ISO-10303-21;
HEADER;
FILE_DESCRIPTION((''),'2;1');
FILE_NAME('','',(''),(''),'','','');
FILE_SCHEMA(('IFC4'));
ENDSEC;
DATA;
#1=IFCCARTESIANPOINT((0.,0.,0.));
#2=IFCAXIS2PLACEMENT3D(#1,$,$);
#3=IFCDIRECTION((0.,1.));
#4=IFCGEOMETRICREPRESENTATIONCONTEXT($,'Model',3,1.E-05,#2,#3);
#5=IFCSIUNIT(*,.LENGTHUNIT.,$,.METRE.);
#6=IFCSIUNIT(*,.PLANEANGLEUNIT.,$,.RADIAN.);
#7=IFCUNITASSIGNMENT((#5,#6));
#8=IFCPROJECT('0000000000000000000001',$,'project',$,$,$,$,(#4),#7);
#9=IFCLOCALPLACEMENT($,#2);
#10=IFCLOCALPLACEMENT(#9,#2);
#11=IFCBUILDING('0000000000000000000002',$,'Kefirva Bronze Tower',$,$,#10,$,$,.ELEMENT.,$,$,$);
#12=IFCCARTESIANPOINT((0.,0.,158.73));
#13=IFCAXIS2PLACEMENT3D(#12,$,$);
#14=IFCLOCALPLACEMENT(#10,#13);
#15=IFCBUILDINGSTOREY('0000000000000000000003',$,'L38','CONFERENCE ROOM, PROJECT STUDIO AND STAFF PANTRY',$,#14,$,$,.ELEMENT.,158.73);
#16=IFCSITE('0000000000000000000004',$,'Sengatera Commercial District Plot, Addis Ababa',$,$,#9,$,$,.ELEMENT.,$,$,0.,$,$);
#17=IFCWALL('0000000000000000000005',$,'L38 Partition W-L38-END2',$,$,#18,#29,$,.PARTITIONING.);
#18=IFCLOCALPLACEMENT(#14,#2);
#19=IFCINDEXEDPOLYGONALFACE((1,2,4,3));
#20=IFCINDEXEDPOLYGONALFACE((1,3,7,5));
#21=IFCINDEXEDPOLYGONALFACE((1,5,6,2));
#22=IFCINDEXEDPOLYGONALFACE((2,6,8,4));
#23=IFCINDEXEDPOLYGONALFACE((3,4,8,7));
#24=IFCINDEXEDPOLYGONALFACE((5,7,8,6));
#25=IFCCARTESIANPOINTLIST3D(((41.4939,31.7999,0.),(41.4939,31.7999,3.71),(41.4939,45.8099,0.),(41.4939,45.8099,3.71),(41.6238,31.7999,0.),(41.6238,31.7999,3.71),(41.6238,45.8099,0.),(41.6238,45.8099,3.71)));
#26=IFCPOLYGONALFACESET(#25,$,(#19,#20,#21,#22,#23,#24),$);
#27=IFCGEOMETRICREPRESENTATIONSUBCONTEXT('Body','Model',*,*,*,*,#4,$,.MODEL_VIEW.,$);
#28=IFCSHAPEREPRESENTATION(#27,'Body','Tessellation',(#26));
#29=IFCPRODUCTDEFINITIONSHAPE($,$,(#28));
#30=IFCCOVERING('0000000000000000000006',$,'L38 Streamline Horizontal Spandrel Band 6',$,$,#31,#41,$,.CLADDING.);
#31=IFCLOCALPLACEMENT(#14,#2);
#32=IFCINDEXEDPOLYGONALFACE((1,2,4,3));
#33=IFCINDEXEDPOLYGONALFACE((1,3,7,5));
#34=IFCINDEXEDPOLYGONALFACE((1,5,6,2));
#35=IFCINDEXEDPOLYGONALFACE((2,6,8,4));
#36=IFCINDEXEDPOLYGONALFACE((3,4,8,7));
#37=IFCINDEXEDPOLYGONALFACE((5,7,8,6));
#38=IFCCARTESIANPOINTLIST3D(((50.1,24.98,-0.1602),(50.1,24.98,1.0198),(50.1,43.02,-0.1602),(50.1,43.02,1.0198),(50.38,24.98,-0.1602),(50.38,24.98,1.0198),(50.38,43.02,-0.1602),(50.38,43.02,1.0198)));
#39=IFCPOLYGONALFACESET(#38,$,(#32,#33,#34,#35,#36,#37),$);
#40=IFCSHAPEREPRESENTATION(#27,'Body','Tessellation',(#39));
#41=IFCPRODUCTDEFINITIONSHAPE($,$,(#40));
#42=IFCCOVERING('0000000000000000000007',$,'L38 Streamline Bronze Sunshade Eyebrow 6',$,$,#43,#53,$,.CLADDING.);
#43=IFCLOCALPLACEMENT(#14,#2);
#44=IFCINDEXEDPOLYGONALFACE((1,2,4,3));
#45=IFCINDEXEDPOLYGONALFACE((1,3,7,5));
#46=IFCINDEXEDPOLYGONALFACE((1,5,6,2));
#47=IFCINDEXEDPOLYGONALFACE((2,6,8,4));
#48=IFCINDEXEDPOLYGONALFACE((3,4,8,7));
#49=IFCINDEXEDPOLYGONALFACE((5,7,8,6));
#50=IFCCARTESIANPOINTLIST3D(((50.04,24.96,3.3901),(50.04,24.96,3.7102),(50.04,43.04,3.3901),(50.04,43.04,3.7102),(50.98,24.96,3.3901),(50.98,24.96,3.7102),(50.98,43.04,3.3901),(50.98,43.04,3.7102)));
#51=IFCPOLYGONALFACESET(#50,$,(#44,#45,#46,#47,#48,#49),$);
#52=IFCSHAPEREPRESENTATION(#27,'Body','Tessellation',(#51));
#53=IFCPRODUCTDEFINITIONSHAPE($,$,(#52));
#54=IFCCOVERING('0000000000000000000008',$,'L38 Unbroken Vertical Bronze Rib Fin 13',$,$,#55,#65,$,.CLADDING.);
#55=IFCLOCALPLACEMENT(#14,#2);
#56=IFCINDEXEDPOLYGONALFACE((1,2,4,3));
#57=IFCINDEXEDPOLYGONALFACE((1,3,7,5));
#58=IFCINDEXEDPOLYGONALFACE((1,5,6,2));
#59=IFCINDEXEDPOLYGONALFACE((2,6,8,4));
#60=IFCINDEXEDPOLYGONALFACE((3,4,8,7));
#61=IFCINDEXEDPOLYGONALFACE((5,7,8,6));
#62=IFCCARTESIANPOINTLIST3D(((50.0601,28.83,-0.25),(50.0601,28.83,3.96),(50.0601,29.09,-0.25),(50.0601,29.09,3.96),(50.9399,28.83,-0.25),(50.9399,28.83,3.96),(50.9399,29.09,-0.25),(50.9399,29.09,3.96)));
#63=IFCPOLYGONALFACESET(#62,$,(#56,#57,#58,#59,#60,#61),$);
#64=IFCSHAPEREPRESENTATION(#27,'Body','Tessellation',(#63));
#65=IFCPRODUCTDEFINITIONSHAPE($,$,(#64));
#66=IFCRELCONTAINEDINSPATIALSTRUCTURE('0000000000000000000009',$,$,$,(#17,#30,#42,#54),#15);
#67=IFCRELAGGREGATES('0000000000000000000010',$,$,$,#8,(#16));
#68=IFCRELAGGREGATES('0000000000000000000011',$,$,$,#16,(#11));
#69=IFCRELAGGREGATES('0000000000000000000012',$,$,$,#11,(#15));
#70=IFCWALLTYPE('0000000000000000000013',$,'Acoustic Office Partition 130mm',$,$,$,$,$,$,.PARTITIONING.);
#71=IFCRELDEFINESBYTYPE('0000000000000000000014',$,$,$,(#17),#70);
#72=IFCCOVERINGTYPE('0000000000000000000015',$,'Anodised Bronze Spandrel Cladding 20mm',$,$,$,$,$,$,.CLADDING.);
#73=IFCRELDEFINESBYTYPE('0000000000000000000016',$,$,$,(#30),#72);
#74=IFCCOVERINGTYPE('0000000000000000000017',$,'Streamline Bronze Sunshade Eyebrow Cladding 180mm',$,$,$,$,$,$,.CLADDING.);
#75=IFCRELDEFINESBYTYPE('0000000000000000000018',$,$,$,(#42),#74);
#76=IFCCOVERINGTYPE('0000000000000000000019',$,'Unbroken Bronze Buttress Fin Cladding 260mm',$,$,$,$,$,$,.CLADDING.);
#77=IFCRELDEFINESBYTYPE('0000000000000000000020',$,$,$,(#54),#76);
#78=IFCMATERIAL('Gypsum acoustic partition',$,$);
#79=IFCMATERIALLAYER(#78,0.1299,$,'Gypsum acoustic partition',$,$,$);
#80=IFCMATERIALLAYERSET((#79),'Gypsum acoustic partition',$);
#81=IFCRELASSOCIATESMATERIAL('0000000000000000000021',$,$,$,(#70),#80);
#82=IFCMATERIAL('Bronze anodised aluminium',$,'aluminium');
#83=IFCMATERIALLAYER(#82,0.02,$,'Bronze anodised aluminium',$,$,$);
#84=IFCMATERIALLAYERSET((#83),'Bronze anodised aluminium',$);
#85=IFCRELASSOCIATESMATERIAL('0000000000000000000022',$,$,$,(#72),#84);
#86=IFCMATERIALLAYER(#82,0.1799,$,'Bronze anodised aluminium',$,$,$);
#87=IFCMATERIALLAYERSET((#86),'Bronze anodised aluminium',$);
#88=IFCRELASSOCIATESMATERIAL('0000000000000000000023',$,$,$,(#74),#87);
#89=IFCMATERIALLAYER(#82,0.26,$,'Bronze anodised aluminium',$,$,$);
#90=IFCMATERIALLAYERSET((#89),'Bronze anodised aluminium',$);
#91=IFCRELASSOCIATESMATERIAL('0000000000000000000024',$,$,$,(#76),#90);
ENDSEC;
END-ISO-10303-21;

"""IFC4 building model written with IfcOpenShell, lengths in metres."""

from ifc_helpers import new_model, si_unit, direction, frame, frame_2d, origin, origin_2d, place, context, subcontext, project, spatial, rectangle, extrude, material, layer, layer_set, type_object, element, save


model = new_model("IFC4")

# Units and contexts
model_context = context("Model", 3, precision=1e-05, world=origin(), true_north=direction((0.0, 1.0)))
body_context = subcontext(model_context, "Body", "Model", "MODEL_VIEW")
ifc_project = project(units=[si_unit("LENGTHUNIT", "METRE"), si_unit("PLANEANGLEUNIT", "RADIAN")], contexts=[model_context])

# Site, building, storey
site_placement = place(None, origin())
site = spatial("IfcSite", under=ifc_project, at=site_placement, Name="Sengatera Commercial District Plot, Addis Ababa", CompositionType="ELEMENT", RefElevation=0.0)
building_placement = place(site_placement, origin())
building = spatial("IfcBuilding", under=site, at=building_placement, Name="Kefirva Bronze Tower", CompositionType="ELEMENT")
storey_placement = place(building_placement, frame((0.0, 0.0, 158.73)))
storey = spatial("IfcBuildingStorey", under=building, at=storey_placement, Name="L38", Description="CONFERENCE ROOM, PROJECT STUDIO AND STAFF PANTRY", CompositionType="ELEMENT", Elevation=158.73)

# Shared definitions
ifc_material_1 = material(Name="Bronze anodised aluminium", Category="aluminium")

# Wall
ifc_material_2 = material(Name="Gypsum acoustic partition")
ifc_layer_1 = layer(ifc_material_2, 0.1299, Name="Gypsum acoustic partition")
ifc_layer_set_1 = layer_set([ifc_layer_1], Name="Gypsum acoustic partition")
wall_type = type_object("IfcWallType", Name="Acoustic Office Partition 130mm", PredefinedType="PARTITIONING", material=ifc_layer_set_1)
wall_placement = place(storey_placement, frame((41.5588, 31.8, 0.0), z_axis=(0.0, 0.0, 1.0), x_axis=(0.0, 1.0, 0.0)))
element("IfcWall", 1, at=wall_placement, inside=storey, type_object=wall_type, Name="L38 Partition W-L38-END2", PredefinedType="PARTITIONING", context=body_context, shape_type="SweptSolid", body=[
    extrude(rectangle(XDim=14.01, YDim=0.1299, at=frame_2d((7.0049, 0.0))), origin(), (0.0, 0.0, 1.0), 3.71),
])

# Coverings
ifc_layer_2 = layer(ifc_material_1, 0.02, Name="Bronze anodised aluminium")
ifc_layer_set_2 = layer_set([ifc_layer_2], Name="Bronze anodised aluminium")
covering_type_1 = type_object("IfcCoveringType", Name="Anodised Bronze Spandrel Cladding 20mm", PredefinedType="CLADDING", material=ifc_layer_set_2)
covering_1_placement = place(storey_placement, frame((50.24, 34.0, -0.1602), z_axis=(0.0, 0.0, 1.0), x_axis=(0.0, 1.0, 0.0)))
element("IfcCovering", 2, at=covering_1_placement, inside=storey, type_object=covering_type_1, Name="L38 Streamline Horizontal Spandrel Band 6", PredefinedType="CLADDING", context=body_context, shape_type="SweptSolid", body=[
    extrude(rectangle(XDim=18.04, YDim=0.28, at=origin_2d()), origin(), (0.0, 0.0, 1.0), 1.1799),
])
ifc_layer_3 = layer(ifc_material_1, 0.1799, Name="Bronze anodised aluminium")
ifc_layer_set_3 = layer_set([ifc_layer_3], Name="Bronze anodised aluminium")
covering_type_2 = type_object("IfcCoveringType", Name="Streamline Bronze Sunshade Eyebrow Cladding 180mm", PredefinedType="CLADDING", material=ifc_layer_set_3)
covering_2_placement = place(storey_placement, frame((50.51, 34.0, 3.3901), z_axis=(0.0, 0.0, 1.0), x_axis=(0.0, 1.0, 0.0)))
element("IfcCovering", 3, at=covering_2_placement, inside=storey, type_object=covering_type_2, Name="L38 Streamline Bronze Sunshade Eyebrow 6", PredefinedType="CLADDING", context=body_context, shape_type="SweptSolid", body=[
    extrude(rectangle(XDim=18.0801, YDim=0.9399, at=origin_2d()), origin(), (0.0, 0.0, 1.0), 0.3201),
])
ifc_layer_4 = layer(ifc_material_1, 0.26, Name="Bronze anodised aluminium")
ifc_layer_set_4 = layer_set([ifc_layer_4], Name="Bronze anodised aluminium")
covering_type_3 = type_object("IfcCoveringType", Name="Unbroken Bronze Buttress Fin Cladding 260mm", PredefinedType="CLADDING", material=ifc_layer_set_4)
covering_3_placement = place(storey_placement, frame((50.5, 28.96, -0.25), z_axis=(0.0, 0.0, 1.0), x_axis=(0.0, 1.0, 0.0)))
element("IfcCovering", 4, at=covering_3_placement, inside=storey, type_object=covering_type_3, Name="L38 Unbroken Vertical Bronze Rib Fin 13", PredefinedType="CLADDING", context=body_context, shape_type="SweptSolid", body=[
    extrude(rectangle(XDim=0.26, YDim=0.8799, at=origin_2d()), origin(), (0.0, 0.0, 1.0), 4.21),
])

save(model, "model.ifc")
